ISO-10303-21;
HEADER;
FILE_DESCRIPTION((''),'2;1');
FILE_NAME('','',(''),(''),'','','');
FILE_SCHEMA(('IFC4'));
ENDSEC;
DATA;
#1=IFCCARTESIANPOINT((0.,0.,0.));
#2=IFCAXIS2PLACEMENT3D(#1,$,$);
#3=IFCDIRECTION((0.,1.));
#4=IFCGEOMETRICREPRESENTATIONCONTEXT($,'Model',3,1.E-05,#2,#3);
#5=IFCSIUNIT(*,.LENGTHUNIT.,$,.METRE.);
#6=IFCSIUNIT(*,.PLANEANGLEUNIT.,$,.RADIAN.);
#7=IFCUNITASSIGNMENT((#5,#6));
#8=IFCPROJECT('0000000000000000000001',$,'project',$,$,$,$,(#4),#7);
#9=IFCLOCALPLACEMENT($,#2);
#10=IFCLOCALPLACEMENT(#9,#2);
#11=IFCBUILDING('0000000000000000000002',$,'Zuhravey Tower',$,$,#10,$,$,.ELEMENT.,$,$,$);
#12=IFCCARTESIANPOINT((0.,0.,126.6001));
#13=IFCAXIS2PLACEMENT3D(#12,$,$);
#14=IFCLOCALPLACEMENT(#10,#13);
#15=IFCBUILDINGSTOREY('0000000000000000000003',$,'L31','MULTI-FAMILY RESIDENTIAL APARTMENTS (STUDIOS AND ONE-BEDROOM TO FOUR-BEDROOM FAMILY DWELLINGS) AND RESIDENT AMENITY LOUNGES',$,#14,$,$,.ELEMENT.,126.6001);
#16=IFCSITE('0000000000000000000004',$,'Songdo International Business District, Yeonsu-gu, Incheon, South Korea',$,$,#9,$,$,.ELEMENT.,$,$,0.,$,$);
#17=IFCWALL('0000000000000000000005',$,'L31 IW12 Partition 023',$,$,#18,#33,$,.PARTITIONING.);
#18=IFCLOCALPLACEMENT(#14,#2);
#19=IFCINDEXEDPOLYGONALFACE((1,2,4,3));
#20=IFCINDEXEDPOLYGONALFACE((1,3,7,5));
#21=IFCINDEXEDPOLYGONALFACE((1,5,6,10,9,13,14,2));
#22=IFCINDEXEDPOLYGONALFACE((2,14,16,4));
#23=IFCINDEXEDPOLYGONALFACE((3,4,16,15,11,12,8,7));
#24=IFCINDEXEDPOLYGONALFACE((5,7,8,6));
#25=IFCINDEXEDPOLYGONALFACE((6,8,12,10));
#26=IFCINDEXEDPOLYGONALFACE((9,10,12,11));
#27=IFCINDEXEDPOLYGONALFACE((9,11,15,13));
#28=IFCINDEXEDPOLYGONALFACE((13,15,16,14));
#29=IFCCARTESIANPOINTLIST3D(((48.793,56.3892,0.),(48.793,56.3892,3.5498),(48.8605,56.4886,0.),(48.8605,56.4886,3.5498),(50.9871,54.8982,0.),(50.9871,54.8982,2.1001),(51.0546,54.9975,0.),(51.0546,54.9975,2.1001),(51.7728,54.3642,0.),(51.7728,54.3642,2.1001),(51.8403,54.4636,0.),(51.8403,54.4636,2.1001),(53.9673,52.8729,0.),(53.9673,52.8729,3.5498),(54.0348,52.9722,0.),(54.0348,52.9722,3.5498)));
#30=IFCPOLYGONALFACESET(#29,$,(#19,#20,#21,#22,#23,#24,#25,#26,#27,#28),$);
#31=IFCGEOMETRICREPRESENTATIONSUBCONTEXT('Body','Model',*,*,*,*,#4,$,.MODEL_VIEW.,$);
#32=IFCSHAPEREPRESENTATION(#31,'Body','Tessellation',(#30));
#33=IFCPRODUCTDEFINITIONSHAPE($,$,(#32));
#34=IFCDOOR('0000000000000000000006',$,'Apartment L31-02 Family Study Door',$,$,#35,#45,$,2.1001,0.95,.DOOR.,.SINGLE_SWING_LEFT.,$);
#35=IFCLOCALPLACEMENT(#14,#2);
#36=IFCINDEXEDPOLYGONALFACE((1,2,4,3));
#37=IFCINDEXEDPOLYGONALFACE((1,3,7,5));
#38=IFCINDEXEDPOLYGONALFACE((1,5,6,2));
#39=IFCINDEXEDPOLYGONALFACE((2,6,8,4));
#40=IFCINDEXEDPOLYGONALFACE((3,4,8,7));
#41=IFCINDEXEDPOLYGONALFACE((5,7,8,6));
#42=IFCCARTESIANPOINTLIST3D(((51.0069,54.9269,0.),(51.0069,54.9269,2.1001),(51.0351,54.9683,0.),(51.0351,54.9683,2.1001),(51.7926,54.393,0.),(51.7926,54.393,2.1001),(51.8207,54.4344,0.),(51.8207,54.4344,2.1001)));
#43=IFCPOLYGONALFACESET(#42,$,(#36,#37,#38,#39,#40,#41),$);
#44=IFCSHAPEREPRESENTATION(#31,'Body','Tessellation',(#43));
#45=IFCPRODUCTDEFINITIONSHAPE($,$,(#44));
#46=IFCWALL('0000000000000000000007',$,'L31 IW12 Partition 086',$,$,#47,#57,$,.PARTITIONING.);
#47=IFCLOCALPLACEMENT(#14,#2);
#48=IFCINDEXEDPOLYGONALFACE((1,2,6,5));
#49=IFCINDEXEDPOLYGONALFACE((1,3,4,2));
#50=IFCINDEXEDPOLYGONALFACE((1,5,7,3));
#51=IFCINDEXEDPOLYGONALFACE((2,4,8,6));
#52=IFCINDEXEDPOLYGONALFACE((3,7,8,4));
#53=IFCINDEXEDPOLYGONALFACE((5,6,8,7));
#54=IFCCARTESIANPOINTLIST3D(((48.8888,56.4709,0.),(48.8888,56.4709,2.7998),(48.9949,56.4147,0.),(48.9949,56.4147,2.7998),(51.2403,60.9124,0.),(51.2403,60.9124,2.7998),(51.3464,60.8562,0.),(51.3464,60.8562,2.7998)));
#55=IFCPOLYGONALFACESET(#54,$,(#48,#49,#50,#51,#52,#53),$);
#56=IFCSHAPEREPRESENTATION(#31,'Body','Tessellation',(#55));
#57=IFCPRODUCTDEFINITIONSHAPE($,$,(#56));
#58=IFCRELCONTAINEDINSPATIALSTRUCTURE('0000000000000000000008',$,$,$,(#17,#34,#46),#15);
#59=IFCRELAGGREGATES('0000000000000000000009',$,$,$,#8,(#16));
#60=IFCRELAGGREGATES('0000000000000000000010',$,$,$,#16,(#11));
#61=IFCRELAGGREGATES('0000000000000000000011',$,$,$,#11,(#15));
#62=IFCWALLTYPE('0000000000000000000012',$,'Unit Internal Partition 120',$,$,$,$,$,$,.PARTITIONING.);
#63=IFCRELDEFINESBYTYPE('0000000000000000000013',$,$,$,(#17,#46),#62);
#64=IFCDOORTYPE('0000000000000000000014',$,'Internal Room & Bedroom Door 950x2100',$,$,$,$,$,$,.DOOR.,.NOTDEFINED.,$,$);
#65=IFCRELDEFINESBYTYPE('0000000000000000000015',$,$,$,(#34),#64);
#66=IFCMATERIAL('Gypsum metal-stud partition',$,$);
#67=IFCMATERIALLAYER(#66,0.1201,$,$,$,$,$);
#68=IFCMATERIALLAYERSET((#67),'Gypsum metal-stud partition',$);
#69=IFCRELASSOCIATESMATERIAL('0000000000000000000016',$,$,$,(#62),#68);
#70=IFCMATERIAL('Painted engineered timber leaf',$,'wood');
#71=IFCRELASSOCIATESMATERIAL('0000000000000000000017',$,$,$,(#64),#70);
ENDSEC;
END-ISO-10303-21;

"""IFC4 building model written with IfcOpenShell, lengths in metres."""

from ifc_helpers import new_model, si_unit, direction, frame, frame_2d, origin, place, context, subcontext, project, spatial, rectangle, extrude, material, layer, layer_set, type_object, element, fill, save


model = new_model("IFC4")

# Units and contexts
model_context = context("Model", 3, precision=1e-05, world=origin(), true_north=direction((0.0, 1.0)))
body_context = subcontext(model_context, "Body", "Model", "MODEL_VIEW")
ifc_project = project(units=[si_unit("LENGTHUNIT", "METRE"), si_unit("PLANEANGLEUNIT", "RADIAN")], contexts=[model_context])

# Site, building, storey
site_placement = place(None, origin())
site = spatial("IfcSite", under=ifc_project, at=site_placement, Name="Songdo International Business District, Yeonsu-gu, Incheon, South Korea", CompositionType="ELEMENT", RefElevation=0.0)
building_placement = place(site_placement, origin())
building = spatial("IfcBuilding", under=site, at=building_placement, Name="Zuhravey Tower", CompositionType="ELEMENT")
storey_placement = place(building_placement, frame((0.0, 0.0, 126.6001)))
storey = spatial("IfcBuildingStorey", under=building, at=storey_placement, Name="L31", Description="MULTI-FAMILY RESIDENTIAL APARTMENTS (STUDIOS AND ONE-BEDROOM TO FOUR-BEDROOM FAMILY DWELLINGS) AND RESIDENT AMENITY LOUNGES", CompositionType="ELEMENT", Elevation=126.6001)

# Wall, opening, door
ifc_material_1 = material(Name="Gypsum metal-stud partition")
ifc_layer_1 = layer(ifc_material_1, 0.1201)
ifc_layer_set_1 = layer_set([ifc_layer_1], Name="Gypsum metal-stud partition")
wall_type_1 = type_object("IfcWallType", Name="Unit Internal Partition 120", PredefinedType="PARTITIONING", material=ifc_layer_set_1)
wall_1_placement = place(storey_placement, frame((54.001, 52.9226, 0.0), z_axis=(0.0, 0.0, 1.0), x_axis=(-0.827088, 0.562072, 0.0)))
wall_1 = element("IfcWall", 1, at=wall_1_placement, inside=storey, type_object=wall_type_1, Name="L31 IW12 Partition 023", PredefinedType="PARTITIONING", context=body_context, shape_type="SweptSolid", body=[
    extrude(rectangle(XDim=6.2561, YDim=0.1201, at=frame_2d((3.1279, 0.0))), origin(), (0.0, 0.0, 1.0), 3.5498),
])
opening_placement = place(wall_1_placement, frame((2.6531, 0.0, 0.0)))
opening = element("IfcOpeningElement", 2, at=opening_placement, cuts=wall_1, PredefinedType="OPENING", context=body_context, shape_type="SweptSolid", body=[
    extrude(rectangle(XDim=0.95, YDim=2.1001, at=frame_2d((0.4751, 1.05))), frame((0.0, 0.072, 0.0), z_axis=(0.0, -1.0, 0.0), x_axis=(1.0, 0.0, 0.0)), (0.0, 0.0, 1.0), 0.144),
])
ifc_material_2 = material(Name="Painted engineered timber leaf", Category="wood")
door_type = type_object("IfcDoorType", Name="Internal Room & Bedroom Door 950x2100", OperationType="NOTDEFINED", PredefinedType="DOOR", material=ifc_material_2)
door_placement = place(opening_placement, frame((0.95, 0.0, 0.0), z_axis=(0.0, 0.0, 1.0), x_axis=(-1.0, 0.0, 0.0)))
door = element("IfcDoor", 3, at=door_placement, inside=storey, type_object=door_type, Name="Apartment L31-02 Family Study Door", OperationType="SINGLE_SWING_LEFT", OverallHeight=2.1001, OverallWidth=0.95, PredefinedType="DOOR", context=body_context, shape_type="SweptSolid", body=[
    extrude(rectangle(XDim=0.95, YDim=2.1001, at=frame_2d((0.4751, 1.05))), frame((0.0, 0.0249, 0.0), z_axis=(0.0, -1.0, 0.0), x_axis=(1.0, 0.0, 0.0)), (0.0, 0.0, 1.0), 0.05),
])
fill(opening, door)

# Wall
wall_2_placement = place(storey_placement, frame((48.9419, 56.4429, 0.0), z_axis=(0.0, 0.0, 1.0), x_axis=(0.467903, 0.88378, 0.0)))
element("IfcWall", 4, at=wall_2_placement, inside=storey, type_object=wall_type_1, Name="L31 IW12 Partition 086", PredefinedType="PARTITIONING", context=body_context, shape_type="SweptSolid", body=[
    extrude(rectangle(XDim=5.0256, YDim=0.1201, at=frame_2d((2.5127, 0.0))), origin(), (0.0, 0.0, 1.0), 2.7998),
])

save(model, "model.ifc")
